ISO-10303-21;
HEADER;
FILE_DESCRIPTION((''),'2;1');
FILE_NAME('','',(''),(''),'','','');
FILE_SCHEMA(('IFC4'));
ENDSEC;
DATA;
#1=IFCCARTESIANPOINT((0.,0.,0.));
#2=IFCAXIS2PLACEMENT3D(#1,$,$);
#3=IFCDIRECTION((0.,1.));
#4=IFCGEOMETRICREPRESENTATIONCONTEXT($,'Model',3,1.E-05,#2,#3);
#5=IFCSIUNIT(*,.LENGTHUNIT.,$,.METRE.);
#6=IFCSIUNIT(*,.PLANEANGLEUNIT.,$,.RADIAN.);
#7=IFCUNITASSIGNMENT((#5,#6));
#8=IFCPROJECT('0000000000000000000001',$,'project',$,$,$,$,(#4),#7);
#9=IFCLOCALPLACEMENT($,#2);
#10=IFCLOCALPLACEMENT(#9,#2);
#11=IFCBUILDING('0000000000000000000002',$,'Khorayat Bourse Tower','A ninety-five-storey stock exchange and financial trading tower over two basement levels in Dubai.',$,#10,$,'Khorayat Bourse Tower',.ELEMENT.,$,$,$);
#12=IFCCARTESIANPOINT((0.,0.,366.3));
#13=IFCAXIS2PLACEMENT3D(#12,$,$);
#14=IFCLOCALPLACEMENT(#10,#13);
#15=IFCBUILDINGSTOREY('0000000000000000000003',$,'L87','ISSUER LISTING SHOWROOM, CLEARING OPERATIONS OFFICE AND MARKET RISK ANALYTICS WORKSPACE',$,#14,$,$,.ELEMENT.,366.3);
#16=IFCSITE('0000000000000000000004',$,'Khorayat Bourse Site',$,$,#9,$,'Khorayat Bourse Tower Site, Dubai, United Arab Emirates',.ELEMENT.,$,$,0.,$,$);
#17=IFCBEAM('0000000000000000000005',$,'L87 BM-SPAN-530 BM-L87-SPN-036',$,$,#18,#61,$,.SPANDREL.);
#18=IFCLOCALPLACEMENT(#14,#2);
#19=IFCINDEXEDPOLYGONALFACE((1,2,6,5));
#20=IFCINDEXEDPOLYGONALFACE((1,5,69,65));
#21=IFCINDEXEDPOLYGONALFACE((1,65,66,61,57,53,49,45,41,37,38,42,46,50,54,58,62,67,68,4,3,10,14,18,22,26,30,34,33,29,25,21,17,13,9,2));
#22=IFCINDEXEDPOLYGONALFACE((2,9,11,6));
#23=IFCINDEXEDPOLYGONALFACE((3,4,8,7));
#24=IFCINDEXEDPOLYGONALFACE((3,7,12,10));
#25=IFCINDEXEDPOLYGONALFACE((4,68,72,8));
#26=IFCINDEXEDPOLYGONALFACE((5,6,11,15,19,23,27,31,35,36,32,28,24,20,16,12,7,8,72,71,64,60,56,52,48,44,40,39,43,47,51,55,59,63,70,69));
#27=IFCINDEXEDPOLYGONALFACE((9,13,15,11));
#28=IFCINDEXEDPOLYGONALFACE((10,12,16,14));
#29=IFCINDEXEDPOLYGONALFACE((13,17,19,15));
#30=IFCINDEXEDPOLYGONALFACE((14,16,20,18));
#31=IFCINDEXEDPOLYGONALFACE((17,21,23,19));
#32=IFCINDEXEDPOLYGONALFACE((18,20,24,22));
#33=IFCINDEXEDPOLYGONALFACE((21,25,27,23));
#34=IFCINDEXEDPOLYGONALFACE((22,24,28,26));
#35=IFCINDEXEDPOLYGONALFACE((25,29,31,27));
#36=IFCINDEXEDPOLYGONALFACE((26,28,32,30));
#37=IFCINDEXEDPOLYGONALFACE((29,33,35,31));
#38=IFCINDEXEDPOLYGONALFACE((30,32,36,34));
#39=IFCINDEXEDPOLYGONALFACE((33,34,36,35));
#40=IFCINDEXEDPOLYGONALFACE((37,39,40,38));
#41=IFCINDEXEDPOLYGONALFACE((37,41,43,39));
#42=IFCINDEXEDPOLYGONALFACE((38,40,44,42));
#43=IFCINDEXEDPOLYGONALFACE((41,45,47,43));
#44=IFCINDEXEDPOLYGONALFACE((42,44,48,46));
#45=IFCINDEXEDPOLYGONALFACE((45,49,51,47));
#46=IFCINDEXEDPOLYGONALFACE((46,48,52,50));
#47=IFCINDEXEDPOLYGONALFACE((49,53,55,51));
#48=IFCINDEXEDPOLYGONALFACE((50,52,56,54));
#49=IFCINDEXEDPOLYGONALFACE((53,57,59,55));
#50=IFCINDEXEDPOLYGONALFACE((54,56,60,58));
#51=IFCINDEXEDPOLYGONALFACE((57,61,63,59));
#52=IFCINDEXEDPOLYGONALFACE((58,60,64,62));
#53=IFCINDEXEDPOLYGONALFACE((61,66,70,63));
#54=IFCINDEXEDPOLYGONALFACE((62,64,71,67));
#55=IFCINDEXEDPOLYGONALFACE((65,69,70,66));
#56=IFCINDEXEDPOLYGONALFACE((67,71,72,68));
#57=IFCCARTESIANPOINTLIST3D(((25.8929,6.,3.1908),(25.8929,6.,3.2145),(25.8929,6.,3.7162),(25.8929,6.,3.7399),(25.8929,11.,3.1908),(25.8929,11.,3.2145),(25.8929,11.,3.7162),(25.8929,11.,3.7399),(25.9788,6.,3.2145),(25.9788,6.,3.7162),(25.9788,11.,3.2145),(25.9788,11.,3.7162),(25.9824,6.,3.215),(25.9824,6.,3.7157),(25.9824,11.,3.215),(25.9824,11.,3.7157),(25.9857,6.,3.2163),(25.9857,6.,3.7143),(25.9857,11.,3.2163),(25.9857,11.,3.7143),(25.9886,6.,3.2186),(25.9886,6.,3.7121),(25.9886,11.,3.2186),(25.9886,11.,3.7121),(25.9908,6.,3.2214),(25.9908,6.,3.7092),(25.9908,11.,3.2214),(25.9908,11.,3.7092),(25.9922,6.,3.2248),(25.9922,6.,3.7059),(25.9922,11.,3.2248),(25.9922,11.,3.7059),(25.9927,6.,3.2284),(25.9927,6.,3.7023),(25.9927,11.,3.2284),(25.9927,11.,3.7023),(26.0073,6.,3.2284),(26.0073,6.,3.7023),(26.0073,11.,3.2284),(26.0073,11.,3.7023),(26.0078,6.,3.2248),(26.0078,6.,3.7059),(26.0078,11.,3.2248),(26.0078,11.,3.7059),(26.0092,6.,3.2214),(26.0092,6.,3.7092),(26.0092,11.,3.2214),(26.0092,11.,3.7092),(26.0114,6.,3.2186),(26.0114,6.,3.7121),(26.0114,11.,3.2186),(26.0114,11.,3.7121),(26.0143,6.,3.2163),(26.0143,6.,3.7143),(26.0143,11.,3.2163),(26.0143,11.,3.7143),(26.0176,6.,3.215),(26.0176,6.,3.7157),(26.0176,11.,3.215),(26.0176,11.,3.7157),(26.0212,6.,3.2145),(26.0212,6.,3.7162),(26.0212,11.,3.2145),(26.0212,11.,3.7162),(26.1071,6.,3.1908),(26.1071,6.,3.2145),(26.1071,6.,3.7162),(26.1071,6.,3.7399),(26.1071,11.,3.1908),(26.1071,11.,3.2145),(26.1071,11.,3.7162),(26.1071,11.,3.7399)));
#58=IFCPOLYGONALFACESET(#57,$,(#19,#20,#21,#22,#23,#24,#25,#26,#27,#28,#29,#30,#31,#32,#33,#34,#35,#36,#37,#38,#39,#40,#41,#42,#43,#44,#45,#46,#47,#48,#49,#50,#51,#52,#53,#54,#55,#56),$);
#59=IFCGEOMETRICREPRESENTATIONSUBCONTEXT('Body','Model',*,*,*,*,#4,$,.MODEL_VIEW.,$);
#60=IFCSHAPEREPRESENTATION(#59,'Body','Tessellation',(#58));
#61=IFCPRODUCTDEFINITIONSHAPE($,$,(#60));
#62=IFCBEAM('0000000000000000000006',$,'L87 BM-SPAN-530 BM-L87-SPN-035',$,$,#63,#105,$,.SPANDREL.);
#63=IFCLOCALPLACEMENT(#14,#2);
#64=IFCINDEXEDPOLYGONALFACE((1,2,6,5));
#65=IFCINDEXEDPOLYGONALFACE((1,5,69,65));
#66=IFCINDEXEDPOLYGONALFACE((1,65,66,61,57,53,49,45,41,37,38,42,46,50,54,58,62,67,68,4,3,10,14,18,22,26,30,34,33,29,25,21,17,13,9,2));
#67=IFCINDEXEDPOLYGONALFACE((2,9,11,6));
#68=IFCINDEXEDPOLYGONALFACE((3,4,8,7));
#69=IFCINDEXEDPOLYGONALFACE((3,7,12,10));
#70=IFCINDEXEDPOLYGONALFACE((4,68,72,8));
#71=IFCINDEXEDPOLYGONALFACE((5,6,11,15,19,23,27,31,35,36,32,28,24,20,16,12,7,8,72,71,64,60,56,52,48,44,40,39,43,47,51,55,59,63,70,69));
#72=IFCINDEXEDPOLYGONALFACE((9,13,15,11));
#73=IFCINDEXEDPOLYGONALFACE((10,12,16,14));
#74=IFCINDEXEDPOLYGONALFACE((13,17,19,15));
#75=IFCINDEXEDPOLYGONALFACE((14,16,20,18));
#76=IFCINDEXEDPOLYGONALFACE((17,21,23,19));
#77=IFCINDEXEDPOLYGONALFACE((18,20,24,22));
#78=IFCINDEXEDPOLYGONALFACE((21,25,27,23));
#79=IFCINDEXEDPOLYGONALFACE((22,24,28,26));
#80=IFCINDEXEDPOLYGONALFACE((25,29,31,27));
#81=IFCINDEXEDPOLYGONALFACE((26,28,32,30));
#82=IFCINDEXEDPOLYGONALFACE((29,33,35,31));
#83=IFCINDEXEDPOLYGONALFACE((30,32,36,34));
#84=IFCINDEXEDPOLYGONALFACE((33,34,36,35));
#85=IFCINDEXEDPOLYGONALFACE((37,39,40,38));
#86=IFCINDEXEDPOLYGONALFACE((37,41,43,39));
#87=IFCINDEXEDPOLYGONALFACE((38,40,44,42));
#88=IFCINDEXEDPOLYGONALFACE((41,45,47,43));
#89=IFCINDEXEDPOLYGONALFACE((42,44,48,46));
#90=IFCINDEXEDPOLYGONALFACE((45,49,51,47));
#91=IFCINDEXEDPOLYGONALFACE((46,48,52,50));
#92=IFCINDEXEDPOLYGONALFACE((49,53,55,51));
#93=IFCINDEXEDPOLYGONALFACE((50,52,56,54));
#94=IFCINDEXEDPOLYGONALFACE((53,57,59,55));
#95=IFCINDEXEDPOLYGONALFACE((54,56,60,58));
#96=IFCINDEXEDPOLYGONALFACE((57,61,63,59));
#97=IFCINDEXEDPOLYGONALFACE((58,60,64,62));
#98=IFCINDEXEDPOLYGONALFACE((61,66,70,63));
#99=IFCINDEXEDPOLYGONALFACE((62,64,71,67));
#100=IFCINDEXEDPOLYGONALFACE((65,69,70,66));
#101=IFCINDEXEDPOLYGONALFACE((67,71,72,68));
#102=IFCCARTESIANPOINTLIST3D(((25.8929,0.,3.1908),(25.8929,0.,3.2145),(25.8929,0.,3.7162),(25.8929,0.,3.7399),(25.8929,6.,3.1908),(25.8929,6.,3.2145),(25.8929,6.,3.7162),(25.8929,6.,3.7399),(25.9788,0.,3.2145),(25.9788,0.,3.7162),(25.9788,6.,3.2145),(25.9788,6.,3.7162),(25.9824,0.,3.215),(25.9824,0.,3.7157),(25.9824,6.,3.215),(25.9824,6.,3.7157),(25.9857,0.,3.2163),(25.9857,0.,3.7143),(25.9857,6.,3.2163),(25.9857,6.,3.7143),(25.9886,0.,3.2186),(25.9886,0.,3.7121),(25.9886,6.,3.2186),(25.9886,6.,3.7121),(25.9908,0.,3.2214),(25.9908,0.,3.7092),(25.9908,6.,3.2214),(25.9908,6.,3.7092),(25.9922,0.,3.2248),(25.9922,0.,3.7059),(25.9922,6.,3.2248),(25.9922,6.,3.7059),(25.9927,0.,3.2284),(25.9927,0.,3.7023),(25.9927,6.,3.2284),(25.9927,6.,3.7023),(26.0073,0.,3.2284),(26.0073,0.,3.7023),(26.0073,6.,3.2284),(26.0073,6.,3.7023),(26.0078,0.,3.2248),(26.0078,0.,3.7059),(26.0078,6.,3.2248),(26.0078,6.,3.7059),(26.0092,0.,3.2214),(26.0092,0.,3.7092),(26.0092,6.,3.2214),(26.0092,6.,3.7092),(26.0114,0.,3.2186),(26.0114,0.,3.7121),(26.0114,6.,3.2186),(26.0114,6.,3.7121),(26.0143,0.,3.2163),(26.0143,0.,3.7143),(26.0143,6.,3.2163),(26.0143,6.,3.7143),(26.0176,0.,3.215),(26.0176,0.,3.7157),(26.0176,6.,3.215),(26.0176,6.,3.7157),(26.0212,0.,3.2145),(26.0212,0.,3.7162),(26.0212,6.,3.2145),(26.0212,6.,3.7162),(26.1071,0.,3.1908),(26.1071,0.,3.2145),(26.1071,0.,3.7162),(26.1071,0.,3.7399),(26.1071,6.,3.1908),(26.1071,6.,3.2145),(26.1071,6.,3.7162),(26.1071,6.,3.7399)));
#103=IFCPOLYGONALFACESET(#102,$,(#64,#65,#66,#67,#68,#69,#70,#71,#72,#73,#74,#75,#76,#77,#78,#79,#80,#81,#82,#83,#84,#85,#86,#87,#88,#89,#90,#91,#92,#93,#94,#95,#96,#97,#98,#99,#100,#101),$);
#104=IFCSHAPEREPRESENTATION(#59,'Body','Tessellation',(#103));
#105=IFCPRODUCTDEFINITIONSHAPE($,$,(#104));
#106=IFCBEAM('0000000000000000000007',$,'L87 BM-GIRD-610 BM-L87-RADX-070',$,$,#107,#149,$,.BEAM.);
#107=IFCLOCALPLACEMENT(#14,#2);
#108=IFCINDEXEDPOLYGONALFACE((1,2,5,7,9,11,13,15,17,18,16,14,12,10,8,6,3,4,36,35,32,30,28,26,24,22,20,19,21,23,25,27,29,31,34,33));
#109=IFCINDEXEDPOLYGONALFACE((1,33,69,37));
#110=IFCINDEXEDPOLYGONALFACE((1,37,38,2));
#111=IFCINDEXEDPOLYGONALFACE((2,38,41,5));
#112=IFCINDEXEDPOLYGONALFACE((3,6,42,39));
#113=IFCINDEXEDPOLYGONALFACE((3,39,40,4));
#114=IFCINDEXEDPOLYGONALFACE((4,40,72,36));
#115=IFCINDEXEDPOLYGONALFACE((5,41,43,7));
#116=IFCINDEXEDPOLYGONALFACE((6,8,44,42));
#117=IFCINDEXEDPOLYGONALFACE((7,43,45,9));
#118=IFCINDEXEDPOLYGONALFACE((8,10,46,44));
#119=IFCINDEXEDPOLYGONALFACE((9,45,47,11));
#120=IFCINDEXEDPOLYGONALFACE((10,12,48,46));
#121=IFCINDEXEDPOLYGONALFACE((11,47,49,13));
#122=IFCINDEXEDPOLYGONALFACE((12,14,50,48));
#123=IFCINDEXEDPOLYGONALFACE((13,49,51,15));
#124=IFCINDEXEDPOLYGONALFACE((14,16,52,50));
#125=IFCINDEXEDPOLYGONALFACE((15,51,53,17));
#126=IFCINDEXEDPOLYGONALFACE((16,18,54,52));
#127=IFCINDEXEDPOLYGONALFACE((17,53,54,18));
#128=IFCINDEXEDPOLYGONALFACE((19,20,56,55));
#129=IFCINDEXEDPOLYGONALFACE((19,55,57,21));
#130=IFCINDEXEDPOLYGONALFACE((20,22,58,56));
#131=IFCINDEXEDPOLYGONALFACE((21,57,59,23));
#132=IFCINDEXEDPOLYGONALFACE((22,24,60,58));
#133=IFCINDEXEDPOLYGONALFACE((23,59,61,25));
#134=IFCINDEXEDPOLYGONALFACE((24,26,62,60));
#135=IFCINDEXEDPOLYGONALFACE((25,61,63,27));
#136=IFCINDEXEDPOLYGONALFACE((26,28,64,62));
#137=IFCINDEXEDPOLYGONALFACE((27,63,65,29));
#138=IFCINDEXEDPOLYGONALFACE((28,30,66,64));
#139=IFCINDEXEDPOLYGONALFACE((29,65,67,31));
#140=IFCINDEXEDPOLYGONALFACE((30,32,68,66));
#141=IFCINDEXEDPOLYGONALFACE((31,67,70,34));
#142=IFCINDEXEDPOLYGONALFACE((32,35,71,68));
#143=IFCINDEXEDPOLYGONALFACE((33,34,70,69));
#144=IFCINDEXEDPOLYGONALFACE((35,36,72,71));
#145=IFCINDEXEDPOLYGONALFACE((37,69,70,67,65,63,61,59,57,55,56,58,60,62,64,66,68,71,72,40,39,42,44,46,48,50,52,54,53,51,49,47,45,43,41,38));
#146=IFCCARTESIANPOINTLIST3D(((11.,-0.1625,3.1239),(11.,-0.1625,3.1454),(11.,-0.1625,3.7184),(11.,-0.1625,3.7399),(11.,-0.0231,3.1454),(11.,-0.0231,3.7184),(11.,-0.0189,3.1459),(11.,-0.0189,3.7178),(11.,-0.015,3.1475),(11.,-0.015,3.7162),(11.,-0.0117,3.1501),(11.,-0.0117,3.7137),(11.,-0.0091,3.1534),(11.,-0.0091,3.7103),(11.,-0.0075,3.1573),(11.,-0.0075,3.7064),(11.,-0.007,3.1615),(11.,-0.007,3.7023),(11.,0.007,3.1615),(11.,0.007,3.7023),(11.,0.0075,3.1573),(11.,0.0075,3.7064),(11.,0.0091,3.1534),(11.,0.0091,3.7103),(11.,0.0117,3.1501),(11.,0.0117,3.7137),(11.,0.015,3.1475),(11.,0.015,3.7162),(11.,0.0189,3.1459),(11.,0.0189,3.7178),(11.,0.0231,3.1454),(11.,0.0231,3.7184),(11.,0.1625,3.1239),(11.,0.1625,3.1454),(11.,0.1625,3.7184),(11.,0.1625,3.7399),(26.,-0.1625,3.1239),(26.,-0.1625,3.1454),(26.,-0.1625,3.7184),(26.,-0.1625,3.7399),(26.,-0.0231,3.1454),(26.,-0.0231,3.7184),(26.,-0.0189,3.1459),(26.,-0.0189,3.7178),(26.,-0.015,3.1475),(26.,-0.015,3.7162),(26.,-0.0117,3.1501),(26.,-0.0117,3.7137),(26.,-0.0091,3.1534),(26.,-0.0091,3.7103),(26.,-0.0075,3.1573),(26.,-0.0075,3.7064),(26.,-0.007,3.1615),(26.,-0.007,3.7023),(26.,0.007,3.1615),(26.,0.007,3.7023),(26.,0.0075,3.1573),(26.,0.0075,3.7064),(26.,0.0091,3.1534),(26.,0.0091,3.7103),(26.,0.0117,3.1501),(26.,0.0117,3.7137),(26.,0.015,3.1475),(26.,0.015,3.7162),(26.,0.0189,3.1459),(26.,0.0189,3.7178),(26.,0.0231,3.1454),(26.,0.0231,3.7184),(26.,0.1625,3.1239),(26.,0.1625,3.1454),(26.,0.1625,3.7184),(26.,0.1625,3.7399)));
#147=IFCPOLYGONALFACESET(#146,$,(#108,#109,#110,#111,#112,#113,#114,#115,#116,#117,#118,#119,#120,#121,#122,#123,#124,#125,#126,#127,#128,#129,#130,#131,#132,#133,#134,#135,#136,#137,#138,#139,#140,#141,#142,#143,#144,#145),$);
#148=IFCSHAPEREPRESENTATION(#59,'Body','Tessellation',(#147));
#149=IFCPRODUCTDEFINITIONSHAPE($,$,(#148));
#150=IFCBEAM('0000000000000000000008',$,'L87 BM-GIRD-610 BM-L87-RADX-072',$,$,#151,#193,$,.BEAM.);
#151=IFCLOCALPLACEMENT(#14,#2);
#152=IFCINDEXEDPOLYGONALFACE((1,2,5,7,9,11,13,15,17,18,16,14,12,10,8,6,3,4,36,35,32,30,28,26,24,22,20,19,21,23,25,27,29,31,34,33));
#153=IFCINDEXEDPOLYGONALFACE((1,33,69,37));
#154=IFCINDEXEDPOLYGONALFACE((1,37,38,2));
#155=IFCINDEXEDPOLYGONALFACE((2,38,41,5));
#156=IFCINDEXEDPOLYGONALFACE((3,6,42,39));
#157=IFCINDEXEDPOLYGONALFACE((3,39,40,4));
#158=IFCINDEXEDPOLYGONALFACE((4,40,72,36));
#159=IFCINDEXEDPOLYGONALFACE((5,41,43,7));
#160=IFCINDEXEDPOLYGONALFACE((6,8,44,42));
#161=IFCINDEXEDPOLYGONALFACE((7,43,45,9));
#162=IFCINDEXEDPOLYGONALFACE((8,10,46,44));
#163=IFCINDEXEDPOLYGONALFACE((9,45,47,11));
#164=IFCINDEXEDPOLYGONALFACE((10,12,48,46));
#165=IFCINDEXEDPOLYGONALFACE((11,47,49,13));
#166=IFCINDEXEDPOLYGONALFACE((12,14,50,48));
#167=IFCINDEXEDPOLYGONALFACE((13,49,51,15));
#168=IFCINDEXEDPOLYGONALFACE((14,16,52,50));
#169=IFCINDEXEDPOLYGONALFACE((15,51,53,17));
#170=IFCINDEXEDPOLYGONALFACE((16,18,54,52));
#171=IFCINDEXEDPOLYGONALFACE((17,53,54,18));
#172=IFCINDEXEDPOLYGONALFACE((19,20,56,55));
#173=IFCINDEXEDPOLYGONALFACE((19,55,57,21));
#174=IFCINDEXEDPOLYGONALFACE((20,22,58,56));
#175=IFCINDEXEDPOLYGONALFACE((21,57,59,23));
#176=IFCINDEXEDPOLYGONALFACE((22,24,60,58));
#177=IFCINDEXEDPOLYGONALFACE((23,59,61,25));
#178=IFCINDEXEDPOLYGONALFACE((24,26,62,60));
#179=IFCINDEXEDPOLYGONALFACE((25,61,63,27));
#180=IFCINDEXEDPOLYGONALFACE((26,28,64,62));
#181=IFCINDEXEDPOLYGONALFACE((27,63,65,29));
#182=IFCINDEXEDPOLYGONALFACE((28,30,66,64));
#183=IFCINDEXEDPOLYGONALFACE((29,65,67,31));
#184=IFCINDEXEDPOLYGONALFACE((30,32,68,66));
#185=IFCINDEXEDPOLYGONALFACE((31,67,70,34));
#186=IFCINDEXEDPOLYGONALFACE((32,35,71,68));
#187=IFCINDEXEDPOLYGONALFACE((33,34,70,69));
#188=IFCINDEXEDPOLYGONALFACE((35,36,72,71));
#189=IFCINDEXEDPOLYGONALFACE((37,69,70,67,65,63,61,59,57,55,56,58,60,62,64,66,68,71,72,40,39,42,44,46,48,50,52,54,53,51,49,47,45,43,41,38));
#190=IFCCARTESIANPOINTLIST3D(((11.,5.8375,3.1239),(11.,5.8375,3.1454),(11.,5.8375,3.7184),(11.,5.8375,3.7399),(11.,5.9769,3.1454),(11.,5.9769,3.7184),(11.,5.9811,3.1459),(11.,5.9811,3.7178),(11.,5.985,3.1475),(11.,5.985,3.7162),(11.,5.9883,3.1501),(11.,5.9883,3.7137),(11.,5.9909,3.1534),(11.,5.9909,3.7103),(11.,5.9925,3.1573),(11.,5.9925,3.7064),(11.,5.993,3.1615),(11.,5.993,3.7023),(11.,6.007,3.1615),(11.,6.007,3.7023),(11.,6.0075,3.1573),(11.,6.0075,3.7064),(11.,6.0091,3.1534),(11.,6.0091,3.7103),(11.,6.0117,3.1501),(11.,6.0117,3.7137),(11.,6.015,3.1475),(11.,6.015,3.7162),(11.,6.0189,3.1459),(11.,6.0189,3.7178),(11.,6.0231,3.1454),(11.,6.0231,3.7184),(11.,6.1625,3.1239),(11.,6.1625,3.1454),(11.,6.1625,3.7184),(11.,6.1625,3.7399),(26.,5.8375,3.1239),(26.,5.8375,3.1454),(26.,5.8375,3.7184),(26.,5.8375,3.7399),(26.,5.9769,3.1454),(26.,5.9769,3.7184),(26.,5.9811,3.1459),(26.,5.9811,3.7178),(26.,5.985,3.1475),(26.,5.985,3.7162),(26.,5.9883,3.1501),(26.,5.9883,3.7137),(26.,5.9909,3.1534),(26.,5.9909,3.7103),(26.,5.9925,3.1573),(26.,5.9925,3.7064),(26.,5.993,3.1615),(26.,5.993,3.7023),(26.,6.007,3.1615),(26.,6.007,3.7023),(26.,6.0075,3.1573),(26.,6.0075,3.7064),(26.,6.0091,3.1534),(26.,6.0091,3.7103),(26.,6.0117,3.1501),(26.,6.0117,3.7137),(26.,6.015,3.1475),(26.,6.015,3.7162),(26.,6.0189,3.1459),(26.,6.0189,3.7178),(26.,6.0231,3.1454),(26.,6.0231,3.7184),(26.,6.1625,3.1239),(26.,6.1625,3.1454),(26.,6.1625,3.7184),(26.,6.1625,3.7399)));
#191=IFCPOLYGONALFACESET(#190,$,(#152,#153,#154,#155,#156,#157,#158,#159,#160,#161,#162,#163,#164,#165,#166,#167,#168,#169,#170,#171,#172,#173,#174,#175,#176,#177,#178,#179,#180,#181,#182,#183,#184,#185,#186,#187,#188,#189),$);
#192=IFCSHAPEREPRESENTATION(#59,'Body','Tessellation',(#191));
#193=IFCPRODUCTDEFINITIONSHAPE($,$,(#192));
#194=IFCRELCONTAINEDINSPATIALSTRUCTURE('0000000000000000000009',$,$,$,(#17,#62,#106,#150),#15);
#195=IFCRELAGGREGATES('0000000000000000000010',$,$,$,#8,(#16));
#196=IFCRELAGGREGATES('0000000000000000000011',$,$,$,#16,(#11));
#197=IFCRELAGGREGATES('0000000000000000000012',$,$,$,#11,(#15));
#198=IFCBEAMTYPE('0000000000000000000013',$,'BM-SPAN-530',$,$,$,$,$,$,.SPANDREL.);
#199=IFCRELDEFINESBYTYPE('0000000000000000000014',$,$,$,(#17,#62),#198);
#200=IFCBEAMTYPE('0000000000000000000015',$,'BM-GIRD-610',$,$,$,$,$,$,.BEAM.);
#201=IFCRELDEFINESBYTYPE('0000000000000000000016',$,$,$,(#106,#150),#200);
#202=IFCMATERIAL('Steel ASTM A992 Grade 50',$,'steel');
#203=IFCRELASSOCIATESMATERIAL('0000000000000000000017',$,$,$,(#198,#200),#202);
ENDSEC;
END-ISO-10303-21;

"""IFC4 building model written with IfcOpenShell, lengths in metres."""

from ifc_helpers import new_model, si_unit, direction, frame, origin, origin_2d, place, context, subcontext, project, spatial, i_section, extrude, source, transform, mapped, material, material_profile, profile_set, type_object, element, save


model = new_model("IFC4")

# Units and contexts
model_context = context("Model", 3, precision=1e-05, world=origin(), true_north=direction((0.0, 1.0)))
body_context = subcontext(model_context, "Body", "Model", "MODEL_VIEW")
ifc_project = project(units=[si_unit("LENGTHUNIT", "METRE"), si_unit("PLANEANGLEUNIT", "RADIAN")], contexts=[model_context])

# Site, building, storey
site_placement = place(None, origin())
site = spatial("IfcSite", under=ifc_project, at=site_placement, Name="Khorayat Bourse Site", LongName="Khorayat Bourse Tower Site, Dubai, United Arab Emirates", CompositionType="ELEMENT", RefElevation=0.0)
building_placement = place(site_placement, origin())
building = spatial("IfcBuilding", under=site, at=building_placement, Name="Khorayat Bourse Tower", Description="A ninety-five-storey stock exchange and financial trading tower over two basement levels in Dubai.", LongName="Khorayat Bourse Tower", CompositionType="ELEMENT")
storey_placement = place(building_placement, frame((0.0, 0.0, 366.3)))
storey = spatial("IfcBuildingStorey", under=building, at=storey_placement, Name="L87", Description="ISSUER LISTING SHOWROOM, CLEARING OPERATIONS OFFICE AND MARKET RISK ANALYTICS WORKSPACE", CompositionType="ELEMENT", Elevation=366.3)

# Beams
ifc_material_1 = material(Name="Steel ASTM A992 Grade 50", Category="steel")
ifc_material_profile_1 = material_profile(ifc_material_1, i_section(OverallWidth=0.2141, OverallDepth=0.5491, WebThickness=0.0146, FlangeThickness=0.0237, FilletRadius=0.0139, at=origin_2d()), Name="W530X138")
ifc_profile_set_1 = profile_set([ifc_material_profile_1], Name="Steel ASTM A992 Grade 50")
beam_type_1 = type_object("IfcBeamType", Name="BM-SPAN-530", PredefinedType="SPANDREL", material=ifc_profile_set_1)
shared_shape_1 = source(origin(), body_context, "Body", "SweptSolid", [
    extrude(i_section(OverallWidth=0.2141, OverallDepth=0.5491, WebThickness=0.0146, FlangeThickness=0.0237, FilletRadius=0.0139, at=origin_2d()), origin(), (0.0, 0.0, 1.0), 5.0),
])
beam_1_placement = place(storey_placement, frame((26.0, 6.0, 3.4653), z_axis=(0.0, 1.0, 0.0), x_axis=(-1.0, 0.0, 0.0)))
element("IfcBeam", 1, at=beam_1_placement, inside=storey, type_object=beam_type_1, Name="L87 BM-SPAN-530 BM-L87-SPN-036", PredefinedType="SPANDREL", context=body_context, shape_type="MappedRepresentation", body=[
    mapped(shared_shape_1, transform((0.0, 0.0, 0.0), scale=1.0)),
])
shared_shape_2 = source(origin(), body_context, "Body", "SweptSolid", [
    extrude(i_section(OverallWidth=0.2141, OverallDepth=0.5491, WebThickness=0.0146, FlangeThickness=0.0237, FilletRadius=0.0139, at=origin_2d()), origin(), (0.0, 0.0, 1.0), 6.0),
])
beam_2_placement = place(storey_placement, frame((26.0, 0.0, 3.4653), z_axis=(0.0, 1.0, 0.0), x_axis=(-1.0, 0.0, 0.0)))
element("IfcBeam", 2, at=beam_2_placement, inside=storey, type_object=beam_type_1, Name="L87 BM-SPAN-530 BM-L87-SPN-035", PredefinedType="SPANDREL", context=body_context, shape_type="MappedRepresentation", body=[
    mapped(shared_shape_2, transform((0.0, 0.0, 0.0), scale=1.0)),
])
ifc_material_profile_2 = material_profile(ifc_material_1, i_section(OverallWidth=0.325, OverallDepth=0.616, WebThickness=0.0139, FlangeThickness=0.0215, FilletRadius=0.0161, at=origin_2d()), Name="W610X174")
ifc_profile_set_2 = profile_set([ifc_material_profile_2], Name="Steel ASTM A992 Grade 50")
beam_type_2 = type_object("IfcBeamType", Name="BM-GIRD-610", PredefinedType="BEAM", material=ifc_profile_set_2)
shared_shape_3 = source(origin(), body_context, "Body", "SweptSolid", [
    extrude(i_section(OverallWidth=0.325, OverallDepth=0.616, WebThickness=0.0139, FlangeThickness=0.0215, FilletRadius=0.0161, at=origin_2d()), origin(), (0.0, 0.0, 1.0), 15.0),
])
for number, where, z_axis, x_axis, name in (
    (3, (11.0, 0.0, 3.4319), (1.0, 0.0, 0.0), (0.0, 1.0, 0.0), "L87 BM-GIRD-610 BM-L87-RADX-070"),
    (4, (11.0, 6.0, 3.4319), (1.0, 0.0, 0.0), (0.0, 1.0, 0.0), "L87 BM-GIRD-610 BM-L87-RADX-072"),
):
    element("IfcBeam", number, at=place(storey_placement, frame(where, z_axis=z_axis, x_axis=x_axis)), inside=storey, type_object=beam_type_2, Name=name, PredefinedType="BEAM", context=body_context, shape_type="MappedRepresentation", body=[
        mapped(shared_shape_3, transform((0.0, 0.0, 0.0), scale=1.0)),
    ])

save(model, "model.ifc")
